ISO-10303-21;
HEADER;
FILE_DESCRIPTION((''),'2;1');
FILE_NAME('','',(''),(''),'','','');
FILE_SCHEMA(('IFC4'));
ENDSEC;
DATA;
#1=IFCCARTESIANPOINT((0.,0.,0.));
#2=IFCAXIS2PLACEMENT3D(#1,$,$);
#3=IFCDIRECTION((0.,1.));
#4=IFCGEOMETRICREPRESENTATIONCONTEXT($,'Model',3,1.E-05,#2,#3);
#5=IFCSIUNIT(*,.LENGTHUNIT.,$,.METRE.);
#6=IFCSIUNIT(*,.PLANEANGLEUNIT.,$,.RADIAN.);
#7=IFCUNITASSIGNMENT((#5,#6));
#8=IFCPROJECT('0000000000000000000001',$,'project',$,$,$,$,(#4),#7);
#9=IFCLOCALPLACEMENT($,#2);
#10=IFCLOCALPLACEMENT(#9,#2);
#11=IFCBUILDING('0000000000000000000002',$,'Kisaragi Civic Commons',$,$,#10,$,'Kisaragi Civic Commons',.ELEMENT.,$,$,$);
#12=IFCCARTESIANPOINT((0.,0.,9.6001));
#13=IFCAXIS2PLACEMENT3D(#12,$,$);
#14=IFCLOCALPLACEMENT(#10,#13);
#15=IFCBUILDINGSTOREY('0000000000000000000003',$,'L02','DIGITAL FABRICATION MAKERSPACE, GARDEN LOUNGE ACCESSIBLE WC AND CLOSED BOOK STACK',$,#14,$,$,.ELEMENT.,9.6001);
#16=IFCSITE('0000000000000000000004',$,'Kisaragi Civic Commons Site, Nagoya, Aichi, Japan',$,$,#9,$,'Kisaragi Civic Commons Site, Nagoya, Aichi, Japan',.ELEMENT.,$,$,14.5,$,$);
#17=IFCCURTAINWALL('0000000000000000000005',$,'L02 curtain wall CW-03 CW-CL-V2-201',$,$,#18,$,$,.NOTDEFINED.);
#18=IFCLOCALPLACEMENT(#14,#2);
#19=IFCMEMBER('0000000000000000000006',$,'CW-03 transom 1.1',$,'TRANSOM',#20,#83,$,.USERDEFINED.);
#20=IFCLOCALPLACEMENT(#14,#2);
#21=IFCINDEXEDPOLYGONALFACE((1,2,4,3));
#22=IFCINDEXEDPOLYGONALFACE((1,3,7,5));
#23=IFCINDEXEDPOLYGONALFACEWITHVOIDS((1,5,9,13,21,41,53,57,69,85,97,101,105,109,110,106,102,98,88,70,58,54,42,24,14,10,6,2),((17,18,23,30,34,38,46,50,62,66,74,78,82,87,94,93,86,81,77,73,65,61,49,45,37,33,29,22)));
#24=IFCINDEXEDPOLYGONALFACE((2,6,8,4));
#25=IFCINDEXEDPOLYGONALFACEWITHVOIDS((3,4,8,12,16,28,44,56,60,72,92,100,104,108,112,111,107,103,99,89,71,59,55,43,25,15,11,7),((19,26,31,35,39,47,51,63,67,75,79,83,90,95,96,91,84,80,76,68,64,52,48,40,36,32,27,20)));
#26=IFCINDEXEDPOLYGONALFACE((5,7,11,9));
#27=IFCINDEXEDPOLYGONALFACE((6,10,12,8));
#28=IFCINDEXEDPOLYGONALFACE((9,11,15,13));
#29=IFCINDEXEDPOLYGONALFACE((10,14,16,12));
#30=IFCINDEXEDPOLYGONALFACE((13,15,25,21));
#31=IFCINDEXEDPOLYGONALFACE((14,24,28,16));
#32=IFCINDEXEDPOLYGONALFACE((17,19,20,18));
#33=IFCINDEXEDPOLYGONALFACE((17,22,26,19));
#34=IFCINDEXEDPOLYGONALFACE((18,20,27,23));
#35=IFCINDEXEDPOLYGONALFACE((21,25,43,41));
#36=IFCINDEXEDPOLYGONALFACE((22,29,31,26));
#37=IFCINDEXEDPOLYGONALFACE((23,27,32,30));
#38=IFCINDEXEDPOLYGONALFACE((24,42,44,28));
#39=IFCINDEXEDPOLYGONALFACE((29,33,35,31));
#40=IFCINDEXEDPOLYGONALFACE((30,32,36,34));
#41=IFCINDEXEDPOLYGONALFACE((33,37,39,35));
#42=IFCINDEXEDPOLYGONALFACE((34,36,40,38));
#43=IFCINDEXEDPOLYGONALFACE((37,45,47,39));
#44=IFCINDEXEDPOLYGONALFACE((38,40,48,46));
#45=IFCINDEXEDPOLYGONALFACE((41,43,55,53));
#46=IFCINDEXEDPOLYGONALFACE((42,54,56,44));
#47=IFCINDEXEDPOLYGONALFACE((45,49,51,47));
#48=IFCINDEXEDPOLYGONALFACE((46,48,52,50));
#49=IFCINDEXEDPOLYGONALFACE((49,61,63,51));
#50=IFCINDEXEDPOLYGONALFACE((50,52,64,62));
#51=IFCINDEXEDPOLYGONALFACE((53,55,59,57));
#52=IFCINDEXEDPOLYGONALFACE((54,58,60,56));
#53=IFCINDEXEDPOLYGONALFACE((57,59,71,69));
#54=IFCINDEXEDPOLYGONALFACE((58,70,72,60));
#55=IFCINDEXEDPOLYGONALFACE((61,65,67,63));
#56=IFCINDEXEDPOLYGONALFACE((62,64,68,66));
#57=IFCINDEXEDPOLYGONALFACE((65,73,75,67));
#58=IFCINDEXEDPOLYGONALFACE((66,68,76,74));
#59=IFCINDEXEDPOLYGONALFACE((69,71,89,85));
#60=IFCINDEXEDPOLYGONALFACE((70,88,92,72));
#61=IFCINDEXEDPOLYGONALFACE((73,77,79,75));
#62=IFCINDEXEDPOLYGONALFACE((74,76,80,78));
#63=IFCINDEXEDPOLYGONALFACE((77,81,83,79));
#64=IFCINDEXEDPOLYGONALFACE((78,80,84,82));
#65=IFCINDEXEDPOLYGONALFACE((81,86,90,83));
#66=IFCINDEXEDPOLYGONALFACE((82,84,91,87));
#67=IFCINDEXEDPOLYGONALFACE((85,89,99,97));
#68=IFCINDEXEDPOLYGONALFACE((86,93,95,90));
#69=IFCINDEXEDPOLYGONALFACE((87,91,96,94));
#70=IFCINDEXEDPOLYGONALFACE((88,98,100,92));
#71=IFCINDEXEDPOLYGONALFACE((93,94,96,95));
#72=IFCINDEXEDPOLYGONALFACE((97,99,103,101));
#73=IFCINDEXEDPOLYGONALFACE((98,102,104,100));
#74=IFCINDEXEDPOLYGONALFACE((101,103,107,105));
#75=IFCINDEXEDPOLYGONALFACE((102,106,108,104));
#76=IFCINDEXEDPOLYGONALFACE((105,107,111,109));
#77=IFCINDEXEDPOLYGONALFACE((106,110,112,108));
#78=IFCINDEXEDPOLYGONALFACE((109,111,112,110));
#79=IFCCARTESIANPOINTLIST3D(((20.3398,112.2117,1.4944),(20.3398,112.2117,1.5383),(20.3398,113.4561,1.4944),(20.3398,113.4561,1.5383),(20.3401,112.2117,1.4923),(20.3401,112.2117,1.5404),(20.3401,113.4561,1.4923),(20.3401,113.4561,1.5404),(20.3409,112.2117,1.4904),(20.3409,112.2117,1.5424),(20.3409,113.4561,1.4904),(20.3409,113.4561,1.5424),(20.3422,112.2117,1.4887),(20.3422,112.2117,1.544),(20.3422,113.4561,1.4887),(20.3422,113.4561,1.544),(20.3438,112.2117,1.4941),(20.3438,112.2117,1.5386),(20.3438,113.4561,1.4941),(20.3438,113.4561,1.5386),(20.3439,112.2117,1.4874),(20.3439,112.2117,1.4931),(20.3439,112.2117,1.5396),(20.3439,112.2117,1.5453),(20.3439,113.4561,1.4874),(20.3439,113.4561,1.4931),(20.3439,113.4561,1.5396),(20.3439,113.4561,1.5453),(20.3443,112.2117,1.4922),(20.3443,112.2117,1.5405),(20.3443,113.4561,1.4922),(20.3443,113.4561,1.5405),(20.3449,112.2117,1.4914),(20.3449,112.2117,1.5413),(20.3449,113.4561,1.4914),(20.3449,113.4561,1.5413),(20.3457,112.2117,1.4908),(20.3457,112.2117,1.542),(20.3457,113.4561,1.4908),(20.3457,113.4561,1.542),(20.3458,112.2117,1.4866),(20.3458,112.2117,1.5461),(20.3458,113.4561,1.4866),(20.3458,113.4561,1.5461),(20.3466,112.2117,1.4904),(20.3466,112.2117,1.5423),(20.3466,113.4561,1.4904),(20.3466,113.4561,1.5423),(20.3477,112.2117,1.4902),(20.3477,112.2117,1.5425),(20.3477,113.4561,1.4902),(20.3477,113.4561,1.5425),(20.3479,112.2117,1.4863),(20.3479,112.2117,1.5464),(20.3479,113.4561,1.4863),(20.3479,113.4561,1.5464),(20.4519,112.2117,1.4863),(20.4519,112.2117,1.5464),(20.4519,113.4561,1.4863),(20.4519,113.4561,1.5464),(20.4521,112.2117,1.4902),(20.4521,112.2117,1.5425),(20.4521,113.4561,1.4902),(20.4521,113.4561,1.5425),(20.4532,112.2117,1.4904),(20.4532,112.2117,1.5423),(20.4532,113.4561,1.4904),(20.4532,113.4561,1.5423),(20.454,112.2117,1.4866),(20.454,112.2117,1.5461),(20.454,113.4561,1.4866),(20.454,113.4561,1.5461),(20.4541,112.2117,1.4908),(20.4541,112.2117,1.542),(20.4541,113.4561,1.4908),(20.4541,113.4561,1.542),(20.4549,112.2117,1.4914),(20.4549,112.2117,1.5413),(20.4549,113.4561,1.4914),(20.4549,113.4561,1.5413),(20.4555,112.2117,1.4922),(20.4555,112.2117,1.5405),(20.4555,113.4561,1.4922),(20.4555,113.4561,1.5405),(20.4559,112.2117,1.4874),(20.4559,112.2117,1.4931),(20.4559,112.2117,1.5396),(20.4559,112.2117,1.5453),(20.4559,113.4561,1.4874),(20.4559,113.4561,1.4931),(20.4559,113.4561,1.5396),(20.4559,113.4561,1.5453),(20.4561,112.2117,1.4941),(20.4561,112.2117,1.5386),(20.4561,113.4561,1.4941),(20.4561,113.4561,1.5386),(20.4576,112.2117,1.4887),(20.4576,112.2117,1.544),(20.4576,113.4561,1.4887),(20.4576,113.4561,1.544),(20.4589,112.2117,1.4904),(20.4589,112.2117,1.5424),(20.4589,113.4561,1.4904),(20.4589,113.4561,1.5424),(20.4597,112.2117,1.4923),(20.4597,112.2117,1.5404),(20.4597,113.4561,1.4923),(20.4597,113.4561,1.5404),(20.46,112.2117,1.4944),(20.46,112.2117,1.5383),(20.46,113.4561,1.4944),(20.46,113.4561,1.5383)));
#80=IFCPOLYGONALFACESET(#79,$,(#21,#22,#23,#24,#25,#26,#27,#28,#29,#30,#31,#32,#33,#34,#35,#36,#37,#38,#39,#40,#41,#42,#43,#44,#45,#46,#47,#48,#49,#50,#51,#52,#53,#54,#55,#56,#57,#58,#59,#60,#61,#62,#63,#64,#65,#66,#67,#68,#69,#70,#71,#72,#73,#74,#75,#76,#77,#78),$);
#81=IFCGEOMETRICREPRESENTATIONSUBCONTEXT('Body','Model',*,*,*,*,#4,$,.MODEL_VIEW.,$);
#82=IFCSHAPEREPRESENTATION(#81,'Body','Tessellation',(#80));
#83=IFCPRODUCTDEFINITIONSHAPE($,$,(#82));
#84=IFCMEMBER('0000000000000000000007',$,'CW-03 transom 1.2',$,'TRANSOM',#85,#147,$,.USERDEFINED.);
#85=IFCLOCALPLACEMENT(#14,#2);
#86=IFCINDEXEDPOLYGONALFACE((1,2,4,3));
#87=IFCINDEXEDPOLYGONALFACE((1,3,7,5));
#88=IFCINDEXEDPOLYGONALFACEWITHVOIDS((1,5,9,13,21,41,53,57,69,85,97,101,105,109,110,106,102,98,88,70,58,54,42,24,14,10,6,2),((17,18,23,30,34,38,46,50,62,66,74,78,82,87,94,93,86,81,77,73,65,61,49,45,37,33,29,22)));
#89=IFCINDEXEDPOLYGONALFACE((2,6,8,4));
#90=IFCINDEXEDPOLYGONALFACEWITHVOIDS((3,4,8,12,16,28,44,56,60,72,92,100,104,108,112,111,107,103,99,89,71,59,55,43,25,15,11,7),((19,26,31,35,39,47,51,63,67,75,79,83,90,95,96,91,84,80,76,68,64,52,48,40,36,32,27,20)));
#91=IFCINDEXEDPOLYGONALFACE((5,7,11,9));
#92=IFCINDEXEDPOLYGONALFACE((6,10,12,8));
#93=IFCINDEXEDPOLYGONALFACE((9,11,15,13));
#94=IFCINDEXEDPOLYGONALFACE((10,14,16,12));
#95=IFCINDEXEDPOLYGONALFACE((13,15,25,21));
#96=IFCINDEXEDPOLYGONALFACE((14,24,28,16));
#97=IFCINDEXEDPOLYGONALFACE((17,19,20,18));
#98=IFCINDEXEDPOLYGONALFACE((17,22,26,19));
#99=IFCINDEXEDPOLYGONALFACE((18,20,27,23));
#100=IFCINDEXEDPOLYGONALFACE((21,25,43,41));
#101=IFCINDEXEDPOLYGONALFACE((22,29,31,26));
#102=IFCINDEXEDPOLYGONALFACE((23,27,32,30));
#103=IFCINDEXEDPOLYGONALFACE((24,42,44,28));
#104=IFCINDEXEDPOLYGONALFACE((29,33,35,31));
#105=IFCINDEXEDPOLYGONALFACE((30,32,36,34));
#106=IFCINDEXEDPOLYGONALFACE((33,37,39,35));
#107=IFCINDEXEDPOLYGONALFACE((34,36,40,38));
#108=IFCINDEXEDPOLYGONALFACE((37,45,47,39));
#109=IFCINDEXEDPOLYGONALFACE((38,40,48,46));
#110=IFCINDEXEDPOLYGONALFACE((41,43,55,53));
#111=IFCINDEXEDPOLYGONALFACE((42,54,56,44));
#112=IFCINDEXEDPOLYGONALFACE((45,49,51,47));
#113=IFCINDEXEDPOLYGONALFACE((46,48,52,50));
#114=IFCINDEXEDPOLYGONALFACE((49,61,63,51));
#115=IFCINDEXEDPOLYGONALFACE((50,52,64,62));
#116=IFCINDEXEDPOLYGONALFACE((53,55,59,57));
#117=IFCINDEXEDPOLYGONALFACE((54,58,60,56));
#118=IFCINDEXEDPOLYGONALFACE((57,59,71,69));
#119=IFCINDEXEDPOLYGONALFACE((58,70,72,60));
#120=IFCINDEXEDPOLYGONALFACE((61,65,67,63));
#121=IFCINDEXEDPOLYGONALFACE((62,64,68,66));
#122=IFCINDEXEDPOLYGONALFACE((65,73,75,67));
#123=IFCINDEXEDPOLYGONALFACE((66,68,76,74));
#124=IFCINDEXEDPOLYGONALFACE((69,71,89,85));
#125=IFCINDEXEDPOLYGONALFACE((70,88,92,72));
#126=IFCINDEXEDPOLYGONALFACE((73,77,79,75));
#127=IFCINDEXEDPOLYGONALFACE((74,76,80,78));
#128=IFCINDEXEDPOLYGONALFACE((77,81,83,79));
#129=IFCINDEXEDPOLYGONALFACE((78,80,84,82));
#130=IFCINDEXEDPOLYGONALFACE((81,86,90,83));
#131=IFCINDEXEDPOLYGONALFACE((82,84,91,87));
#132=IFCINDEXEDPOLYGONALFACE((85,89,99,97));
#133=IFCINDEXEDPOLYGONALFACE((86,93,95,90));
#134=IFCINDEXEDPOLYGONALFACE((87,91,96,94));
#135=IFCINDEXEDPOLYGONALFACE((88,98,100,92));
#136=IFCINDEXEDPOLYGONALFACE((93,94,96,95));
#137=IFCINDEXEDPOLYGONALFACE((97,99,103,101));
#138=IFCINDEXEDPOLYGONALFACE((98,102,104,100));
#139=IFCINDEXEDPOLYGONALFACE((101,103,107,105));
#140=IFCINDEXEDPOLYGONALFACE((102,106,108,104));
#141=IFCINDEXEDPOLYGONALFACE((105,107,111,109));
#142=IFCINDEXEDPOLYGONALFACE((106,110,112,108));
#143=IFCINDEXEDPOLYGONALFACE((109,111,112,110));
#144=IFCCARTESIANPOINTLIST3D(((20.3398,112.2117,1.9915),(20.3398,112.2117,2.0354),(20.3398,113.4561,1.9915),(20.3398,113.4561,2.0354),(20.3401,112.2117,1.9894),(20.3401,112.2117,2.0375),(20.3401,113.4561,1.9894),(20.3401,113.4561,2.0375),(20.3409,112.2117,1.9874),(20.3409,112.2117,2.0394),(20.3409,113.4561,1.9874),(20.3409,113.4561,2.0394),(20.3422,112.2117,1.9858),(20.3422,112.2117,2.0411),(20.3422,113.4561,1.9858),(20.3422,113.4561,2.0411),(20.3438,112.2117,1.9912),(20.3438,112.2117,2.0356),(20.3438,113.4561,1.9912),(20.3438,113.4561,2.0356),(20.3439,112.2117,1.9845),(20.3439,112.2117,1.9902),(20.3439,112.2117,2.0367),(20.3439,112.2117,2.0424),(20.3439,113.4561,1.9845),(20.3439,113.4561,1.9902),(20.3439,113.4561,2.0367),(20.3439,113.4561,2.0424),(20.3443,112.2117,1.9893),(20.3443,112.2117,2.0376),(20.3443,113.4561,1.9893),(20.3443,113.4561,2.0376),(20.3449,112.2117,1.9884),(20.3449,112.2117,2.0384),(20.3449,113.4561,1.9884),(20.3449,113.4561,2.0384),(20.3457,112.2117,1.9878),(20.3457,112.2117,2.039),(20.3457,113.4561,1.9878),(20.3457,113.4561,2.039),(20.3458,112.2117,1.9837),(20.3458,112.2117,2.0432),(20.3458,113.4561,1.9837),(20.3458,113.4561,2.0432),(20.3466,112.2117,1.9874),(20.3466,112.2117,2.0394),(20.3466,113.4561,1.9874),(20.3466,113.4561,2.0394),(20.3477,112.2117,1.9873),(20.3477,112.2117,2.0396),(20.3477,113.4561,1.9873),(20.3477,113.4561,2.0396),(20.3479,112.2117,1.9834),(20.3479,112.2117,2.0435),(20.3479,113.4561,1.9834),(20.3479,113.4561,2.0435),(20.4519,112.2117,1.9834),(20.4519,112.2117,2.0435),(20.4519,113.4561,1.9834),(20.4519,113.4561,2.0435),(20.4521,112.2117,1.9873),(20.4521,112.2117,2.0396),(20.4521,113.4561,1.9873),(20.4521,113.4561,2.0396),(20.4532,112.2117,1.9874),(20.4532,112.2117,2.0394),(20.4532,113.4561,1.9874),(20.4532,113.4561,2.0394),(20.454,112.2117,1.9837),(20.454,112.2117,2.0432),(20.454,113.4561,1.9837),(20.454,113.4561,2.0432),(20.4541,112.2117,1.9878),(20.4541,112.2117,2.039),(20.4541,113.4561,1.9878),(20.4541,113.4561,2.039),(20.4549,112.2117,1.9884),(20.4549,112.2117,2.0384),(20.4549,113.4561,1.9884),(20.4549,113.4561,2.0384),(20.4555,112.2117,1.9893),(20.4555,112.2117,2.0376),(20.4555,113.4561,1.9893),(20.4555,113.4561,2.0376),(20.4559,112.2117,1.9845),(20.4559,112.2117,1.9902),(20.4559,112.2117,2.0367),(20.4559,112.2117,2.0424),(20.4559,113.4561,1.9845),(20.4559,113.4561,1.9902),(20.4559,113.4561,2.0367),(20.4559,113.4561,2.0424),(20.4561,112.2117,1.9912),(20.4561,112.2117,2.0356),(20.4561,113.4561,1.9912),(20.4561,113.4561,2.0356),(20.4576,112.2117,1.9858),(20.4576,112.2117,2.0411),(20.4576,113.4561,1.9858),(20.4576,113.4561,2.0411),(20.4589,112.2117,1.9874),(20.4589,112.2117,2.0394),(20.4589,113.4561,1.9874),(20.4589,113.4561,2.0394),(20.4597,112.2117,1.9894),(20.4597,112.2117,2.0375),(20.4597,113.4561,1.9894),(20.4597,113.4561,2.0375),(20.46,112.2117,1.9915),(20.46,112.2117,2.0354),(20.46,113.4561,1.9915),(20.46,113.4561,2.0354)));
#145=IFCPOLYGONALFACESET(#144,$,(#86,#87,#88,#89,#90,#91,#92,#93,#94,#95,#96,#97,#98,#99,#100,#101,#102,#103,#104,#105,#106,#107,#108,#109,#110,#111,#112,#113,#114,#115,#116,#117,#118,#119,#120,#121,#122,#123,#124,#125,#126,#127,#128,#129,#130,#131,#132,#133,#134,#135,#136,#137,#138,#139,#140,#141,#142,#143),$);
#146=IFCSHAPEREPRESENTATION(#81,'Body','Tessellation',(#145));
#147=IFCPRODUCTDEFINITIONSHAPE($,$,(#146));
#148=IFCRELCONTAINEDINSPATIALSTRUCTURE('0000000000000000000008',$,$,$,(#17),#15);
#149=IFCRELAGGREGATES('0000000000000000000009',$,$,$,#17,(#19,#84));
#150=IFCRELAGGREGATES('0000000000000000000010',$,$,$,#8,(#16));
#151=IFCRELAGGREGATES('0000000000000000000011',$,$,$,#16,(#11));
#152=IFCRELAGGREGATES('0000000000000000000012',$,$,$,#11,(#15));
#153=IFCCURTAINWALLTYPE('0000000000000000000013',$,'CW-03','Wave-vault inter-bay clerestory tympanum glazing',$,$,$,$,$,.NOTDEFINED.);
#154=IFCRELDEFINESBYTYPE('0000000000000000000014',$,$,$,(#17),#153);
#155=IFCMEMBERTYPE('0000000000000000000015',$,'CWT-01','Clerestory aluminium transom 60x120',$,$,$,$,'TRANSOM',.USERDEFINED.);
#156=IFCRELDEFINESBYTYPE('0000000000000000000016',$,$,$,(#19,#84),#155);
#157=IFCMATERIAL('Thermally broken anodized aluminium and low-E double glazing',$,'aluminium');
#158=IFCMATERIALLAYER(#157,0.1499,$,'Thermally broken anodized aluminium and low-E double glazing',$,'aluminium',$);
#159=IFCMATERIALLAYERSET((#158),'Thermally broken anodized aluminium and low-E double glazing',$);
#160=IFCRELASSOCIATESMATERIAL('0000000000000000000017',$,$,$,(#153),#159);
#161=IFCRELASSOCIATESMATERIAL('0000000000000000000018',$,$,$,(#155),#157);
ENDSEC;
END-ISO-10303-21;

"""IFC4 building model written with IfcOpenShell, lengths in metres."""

from ifc_helpers import new_model, si_unit, direction, frame, origin, origin_2d, place, context, subcontext, project, spatial, hollow_rectangle, extrude, material, layer, layer_set, material_profile, profile_set, type_object, element, aggregate, save


model = new_model("IFC4")

# Units and contexts
model_context = context("Model", 3, precision=1e-05, world=origin(), true_north=direction((0.0, 1.0)))
body_context = subcontext(model_context, "Body", "Model", "MODEL_VIEW")
ifc_project = project(units=[si_unit("LENGTHUNIT", "METRE"), si_unit("PLANEANGLEUNIT", "RADIAN")], contexts=[model_context])

# Site, building, storey
site_placement = place(None, origin())
site = spatial("IfcSite", under=ifc_project, at=site_placement, Name="Kisaragi Civic Commons Site, Nagoya, Aichi, Japan", LongName="Kisaragi Civic Commons Site, Nagoya, Aichi, Japan", CompositionType="ELEMENT", RefElevation=14.5)
building_placement = place(site_placement, origin())
building = spatial("IfcBuilding", under=site, at=building_placement, Name="Kisaragi Civic Commons", LongName="Kisaragi Civic Commons", CompositionType="ELEMENT")
storey_placement = place(building_placement, frame((0.0, 0.0, 9.6001)))
storey = spatial("IfcBuildingStorey", under=building, at=storey_placement, Name="L02", Description="DIGITAL FABRICATION MAKERSPACE, GARDEN LOUNGE ACCESSIBLE WC AND CLOSED BOOK STACK", CompositionType="ELEMENT", Elevation=9.6001)

# Curtain wall, members
ifc_material_1 = material(Name="Thermally broken anodized aluminium and low-E double glazing", Category="aluminium")
ifc_layer_1 = layer(ifc_material_1, 0.1499, Name="Thermally broken anodized aluminium and low-E double glazing", Category="aluminium")
ifc_layer_set_1 = layer_set([ifc_layer_1], Name="Thermally broken anodized aluminium and low-E double glazing")
curtain_wall_type = type_object("IfcCurtainWallType", Name="CW-03", Description="Wave-vault inter-bay clerestory tympanum glazing", PredefinedType="NOTDEFINED", material=ifc_layer_set_1)
curtain_wall_placement = place(storey_placement, origin())
curtain_wall = element("IfcCurtainWall", 1, at=curtain_wall_placement, inside=storey, type_object=curtain_wall_type, Name="L02 curtain wall CW-03 CW-CL-V2-201", PredefinedType="NOTDEFINED")
ifc_material_profile_1 = material_profile(ifc_material_1, hollow_rectangle(XDim=0.1201, YDim=0.0601, WallThickness=0.0039, InnerFilletRadius=0.0039, OuterFilletRadius=0.0081, at=origin_2d()), Name="CWT-60x120x4", Category="aluminium")
ifc_profile_set_1 = profile_set([ifc_material_profile_1], Name="Thermally broken anodized aluminium and low-E double glazing")
member_type_1 = type_object("IfcMemberType", Name="CWT-01", Description="Clerestory aluminium transom 60x120", ElementType="TRANSOM", PredefinedType="USERDEFINED", material=ifc_profile_set_1)
member_1_placement = place(storey_placement, frame((20.3999, 112.2117, 1.5164), z_axis=(0.0, 1.0, 0.0), x_axis=(-1.0, 0.0, 0.0)))
member_1 = element("IfcMember", 2, at=member_1_placement, type_object=member_type_1, Name="CW-03 transom 1.1", ObjectType="TRANSOM", PredefinedType="USERDEFINED", context=body_context, shape_type="SweptSolid", body=[
    extrude(hollow_rectangle(XDim=0.1201, YDim=0.0601, WallThickness=0.0039, InnerFilletRadius=0.0039, OuterFilletRadius=0.0081, at=origin_2d()), origin(), (0.0, 0.0, 1.0), 1.2444),
])
member_2_placement = place(storey_placement, frame((20.3999, 112.2117, 2.0134), z_axis=(0.0, 1.0, 0.0), x_axis=(-1.0, 0.0, 0.0)))
member_2 = element("IfcMember", 3, at=member_2_placement, type_object=member_type_1, Name="CW-03 transom 1.2", ObjectType="TRANSOM", PredefinedType="USERDEFINED", context=body_context, shape_type="SweptSolid", body=[
    extrude(hollow_rectangle(XDim=0.1201, YDim=0.0601, WallThickness=0.0039, InnerFilletRadius=0.0039, OuterFilletRadius=0.0081, at=origin_2d()), origin(), (0.0, 0.0, 1.0), 1.2444),
])

aggregate(curtain_wall, [member_1, member_2])

save(model, "model.ifc")
